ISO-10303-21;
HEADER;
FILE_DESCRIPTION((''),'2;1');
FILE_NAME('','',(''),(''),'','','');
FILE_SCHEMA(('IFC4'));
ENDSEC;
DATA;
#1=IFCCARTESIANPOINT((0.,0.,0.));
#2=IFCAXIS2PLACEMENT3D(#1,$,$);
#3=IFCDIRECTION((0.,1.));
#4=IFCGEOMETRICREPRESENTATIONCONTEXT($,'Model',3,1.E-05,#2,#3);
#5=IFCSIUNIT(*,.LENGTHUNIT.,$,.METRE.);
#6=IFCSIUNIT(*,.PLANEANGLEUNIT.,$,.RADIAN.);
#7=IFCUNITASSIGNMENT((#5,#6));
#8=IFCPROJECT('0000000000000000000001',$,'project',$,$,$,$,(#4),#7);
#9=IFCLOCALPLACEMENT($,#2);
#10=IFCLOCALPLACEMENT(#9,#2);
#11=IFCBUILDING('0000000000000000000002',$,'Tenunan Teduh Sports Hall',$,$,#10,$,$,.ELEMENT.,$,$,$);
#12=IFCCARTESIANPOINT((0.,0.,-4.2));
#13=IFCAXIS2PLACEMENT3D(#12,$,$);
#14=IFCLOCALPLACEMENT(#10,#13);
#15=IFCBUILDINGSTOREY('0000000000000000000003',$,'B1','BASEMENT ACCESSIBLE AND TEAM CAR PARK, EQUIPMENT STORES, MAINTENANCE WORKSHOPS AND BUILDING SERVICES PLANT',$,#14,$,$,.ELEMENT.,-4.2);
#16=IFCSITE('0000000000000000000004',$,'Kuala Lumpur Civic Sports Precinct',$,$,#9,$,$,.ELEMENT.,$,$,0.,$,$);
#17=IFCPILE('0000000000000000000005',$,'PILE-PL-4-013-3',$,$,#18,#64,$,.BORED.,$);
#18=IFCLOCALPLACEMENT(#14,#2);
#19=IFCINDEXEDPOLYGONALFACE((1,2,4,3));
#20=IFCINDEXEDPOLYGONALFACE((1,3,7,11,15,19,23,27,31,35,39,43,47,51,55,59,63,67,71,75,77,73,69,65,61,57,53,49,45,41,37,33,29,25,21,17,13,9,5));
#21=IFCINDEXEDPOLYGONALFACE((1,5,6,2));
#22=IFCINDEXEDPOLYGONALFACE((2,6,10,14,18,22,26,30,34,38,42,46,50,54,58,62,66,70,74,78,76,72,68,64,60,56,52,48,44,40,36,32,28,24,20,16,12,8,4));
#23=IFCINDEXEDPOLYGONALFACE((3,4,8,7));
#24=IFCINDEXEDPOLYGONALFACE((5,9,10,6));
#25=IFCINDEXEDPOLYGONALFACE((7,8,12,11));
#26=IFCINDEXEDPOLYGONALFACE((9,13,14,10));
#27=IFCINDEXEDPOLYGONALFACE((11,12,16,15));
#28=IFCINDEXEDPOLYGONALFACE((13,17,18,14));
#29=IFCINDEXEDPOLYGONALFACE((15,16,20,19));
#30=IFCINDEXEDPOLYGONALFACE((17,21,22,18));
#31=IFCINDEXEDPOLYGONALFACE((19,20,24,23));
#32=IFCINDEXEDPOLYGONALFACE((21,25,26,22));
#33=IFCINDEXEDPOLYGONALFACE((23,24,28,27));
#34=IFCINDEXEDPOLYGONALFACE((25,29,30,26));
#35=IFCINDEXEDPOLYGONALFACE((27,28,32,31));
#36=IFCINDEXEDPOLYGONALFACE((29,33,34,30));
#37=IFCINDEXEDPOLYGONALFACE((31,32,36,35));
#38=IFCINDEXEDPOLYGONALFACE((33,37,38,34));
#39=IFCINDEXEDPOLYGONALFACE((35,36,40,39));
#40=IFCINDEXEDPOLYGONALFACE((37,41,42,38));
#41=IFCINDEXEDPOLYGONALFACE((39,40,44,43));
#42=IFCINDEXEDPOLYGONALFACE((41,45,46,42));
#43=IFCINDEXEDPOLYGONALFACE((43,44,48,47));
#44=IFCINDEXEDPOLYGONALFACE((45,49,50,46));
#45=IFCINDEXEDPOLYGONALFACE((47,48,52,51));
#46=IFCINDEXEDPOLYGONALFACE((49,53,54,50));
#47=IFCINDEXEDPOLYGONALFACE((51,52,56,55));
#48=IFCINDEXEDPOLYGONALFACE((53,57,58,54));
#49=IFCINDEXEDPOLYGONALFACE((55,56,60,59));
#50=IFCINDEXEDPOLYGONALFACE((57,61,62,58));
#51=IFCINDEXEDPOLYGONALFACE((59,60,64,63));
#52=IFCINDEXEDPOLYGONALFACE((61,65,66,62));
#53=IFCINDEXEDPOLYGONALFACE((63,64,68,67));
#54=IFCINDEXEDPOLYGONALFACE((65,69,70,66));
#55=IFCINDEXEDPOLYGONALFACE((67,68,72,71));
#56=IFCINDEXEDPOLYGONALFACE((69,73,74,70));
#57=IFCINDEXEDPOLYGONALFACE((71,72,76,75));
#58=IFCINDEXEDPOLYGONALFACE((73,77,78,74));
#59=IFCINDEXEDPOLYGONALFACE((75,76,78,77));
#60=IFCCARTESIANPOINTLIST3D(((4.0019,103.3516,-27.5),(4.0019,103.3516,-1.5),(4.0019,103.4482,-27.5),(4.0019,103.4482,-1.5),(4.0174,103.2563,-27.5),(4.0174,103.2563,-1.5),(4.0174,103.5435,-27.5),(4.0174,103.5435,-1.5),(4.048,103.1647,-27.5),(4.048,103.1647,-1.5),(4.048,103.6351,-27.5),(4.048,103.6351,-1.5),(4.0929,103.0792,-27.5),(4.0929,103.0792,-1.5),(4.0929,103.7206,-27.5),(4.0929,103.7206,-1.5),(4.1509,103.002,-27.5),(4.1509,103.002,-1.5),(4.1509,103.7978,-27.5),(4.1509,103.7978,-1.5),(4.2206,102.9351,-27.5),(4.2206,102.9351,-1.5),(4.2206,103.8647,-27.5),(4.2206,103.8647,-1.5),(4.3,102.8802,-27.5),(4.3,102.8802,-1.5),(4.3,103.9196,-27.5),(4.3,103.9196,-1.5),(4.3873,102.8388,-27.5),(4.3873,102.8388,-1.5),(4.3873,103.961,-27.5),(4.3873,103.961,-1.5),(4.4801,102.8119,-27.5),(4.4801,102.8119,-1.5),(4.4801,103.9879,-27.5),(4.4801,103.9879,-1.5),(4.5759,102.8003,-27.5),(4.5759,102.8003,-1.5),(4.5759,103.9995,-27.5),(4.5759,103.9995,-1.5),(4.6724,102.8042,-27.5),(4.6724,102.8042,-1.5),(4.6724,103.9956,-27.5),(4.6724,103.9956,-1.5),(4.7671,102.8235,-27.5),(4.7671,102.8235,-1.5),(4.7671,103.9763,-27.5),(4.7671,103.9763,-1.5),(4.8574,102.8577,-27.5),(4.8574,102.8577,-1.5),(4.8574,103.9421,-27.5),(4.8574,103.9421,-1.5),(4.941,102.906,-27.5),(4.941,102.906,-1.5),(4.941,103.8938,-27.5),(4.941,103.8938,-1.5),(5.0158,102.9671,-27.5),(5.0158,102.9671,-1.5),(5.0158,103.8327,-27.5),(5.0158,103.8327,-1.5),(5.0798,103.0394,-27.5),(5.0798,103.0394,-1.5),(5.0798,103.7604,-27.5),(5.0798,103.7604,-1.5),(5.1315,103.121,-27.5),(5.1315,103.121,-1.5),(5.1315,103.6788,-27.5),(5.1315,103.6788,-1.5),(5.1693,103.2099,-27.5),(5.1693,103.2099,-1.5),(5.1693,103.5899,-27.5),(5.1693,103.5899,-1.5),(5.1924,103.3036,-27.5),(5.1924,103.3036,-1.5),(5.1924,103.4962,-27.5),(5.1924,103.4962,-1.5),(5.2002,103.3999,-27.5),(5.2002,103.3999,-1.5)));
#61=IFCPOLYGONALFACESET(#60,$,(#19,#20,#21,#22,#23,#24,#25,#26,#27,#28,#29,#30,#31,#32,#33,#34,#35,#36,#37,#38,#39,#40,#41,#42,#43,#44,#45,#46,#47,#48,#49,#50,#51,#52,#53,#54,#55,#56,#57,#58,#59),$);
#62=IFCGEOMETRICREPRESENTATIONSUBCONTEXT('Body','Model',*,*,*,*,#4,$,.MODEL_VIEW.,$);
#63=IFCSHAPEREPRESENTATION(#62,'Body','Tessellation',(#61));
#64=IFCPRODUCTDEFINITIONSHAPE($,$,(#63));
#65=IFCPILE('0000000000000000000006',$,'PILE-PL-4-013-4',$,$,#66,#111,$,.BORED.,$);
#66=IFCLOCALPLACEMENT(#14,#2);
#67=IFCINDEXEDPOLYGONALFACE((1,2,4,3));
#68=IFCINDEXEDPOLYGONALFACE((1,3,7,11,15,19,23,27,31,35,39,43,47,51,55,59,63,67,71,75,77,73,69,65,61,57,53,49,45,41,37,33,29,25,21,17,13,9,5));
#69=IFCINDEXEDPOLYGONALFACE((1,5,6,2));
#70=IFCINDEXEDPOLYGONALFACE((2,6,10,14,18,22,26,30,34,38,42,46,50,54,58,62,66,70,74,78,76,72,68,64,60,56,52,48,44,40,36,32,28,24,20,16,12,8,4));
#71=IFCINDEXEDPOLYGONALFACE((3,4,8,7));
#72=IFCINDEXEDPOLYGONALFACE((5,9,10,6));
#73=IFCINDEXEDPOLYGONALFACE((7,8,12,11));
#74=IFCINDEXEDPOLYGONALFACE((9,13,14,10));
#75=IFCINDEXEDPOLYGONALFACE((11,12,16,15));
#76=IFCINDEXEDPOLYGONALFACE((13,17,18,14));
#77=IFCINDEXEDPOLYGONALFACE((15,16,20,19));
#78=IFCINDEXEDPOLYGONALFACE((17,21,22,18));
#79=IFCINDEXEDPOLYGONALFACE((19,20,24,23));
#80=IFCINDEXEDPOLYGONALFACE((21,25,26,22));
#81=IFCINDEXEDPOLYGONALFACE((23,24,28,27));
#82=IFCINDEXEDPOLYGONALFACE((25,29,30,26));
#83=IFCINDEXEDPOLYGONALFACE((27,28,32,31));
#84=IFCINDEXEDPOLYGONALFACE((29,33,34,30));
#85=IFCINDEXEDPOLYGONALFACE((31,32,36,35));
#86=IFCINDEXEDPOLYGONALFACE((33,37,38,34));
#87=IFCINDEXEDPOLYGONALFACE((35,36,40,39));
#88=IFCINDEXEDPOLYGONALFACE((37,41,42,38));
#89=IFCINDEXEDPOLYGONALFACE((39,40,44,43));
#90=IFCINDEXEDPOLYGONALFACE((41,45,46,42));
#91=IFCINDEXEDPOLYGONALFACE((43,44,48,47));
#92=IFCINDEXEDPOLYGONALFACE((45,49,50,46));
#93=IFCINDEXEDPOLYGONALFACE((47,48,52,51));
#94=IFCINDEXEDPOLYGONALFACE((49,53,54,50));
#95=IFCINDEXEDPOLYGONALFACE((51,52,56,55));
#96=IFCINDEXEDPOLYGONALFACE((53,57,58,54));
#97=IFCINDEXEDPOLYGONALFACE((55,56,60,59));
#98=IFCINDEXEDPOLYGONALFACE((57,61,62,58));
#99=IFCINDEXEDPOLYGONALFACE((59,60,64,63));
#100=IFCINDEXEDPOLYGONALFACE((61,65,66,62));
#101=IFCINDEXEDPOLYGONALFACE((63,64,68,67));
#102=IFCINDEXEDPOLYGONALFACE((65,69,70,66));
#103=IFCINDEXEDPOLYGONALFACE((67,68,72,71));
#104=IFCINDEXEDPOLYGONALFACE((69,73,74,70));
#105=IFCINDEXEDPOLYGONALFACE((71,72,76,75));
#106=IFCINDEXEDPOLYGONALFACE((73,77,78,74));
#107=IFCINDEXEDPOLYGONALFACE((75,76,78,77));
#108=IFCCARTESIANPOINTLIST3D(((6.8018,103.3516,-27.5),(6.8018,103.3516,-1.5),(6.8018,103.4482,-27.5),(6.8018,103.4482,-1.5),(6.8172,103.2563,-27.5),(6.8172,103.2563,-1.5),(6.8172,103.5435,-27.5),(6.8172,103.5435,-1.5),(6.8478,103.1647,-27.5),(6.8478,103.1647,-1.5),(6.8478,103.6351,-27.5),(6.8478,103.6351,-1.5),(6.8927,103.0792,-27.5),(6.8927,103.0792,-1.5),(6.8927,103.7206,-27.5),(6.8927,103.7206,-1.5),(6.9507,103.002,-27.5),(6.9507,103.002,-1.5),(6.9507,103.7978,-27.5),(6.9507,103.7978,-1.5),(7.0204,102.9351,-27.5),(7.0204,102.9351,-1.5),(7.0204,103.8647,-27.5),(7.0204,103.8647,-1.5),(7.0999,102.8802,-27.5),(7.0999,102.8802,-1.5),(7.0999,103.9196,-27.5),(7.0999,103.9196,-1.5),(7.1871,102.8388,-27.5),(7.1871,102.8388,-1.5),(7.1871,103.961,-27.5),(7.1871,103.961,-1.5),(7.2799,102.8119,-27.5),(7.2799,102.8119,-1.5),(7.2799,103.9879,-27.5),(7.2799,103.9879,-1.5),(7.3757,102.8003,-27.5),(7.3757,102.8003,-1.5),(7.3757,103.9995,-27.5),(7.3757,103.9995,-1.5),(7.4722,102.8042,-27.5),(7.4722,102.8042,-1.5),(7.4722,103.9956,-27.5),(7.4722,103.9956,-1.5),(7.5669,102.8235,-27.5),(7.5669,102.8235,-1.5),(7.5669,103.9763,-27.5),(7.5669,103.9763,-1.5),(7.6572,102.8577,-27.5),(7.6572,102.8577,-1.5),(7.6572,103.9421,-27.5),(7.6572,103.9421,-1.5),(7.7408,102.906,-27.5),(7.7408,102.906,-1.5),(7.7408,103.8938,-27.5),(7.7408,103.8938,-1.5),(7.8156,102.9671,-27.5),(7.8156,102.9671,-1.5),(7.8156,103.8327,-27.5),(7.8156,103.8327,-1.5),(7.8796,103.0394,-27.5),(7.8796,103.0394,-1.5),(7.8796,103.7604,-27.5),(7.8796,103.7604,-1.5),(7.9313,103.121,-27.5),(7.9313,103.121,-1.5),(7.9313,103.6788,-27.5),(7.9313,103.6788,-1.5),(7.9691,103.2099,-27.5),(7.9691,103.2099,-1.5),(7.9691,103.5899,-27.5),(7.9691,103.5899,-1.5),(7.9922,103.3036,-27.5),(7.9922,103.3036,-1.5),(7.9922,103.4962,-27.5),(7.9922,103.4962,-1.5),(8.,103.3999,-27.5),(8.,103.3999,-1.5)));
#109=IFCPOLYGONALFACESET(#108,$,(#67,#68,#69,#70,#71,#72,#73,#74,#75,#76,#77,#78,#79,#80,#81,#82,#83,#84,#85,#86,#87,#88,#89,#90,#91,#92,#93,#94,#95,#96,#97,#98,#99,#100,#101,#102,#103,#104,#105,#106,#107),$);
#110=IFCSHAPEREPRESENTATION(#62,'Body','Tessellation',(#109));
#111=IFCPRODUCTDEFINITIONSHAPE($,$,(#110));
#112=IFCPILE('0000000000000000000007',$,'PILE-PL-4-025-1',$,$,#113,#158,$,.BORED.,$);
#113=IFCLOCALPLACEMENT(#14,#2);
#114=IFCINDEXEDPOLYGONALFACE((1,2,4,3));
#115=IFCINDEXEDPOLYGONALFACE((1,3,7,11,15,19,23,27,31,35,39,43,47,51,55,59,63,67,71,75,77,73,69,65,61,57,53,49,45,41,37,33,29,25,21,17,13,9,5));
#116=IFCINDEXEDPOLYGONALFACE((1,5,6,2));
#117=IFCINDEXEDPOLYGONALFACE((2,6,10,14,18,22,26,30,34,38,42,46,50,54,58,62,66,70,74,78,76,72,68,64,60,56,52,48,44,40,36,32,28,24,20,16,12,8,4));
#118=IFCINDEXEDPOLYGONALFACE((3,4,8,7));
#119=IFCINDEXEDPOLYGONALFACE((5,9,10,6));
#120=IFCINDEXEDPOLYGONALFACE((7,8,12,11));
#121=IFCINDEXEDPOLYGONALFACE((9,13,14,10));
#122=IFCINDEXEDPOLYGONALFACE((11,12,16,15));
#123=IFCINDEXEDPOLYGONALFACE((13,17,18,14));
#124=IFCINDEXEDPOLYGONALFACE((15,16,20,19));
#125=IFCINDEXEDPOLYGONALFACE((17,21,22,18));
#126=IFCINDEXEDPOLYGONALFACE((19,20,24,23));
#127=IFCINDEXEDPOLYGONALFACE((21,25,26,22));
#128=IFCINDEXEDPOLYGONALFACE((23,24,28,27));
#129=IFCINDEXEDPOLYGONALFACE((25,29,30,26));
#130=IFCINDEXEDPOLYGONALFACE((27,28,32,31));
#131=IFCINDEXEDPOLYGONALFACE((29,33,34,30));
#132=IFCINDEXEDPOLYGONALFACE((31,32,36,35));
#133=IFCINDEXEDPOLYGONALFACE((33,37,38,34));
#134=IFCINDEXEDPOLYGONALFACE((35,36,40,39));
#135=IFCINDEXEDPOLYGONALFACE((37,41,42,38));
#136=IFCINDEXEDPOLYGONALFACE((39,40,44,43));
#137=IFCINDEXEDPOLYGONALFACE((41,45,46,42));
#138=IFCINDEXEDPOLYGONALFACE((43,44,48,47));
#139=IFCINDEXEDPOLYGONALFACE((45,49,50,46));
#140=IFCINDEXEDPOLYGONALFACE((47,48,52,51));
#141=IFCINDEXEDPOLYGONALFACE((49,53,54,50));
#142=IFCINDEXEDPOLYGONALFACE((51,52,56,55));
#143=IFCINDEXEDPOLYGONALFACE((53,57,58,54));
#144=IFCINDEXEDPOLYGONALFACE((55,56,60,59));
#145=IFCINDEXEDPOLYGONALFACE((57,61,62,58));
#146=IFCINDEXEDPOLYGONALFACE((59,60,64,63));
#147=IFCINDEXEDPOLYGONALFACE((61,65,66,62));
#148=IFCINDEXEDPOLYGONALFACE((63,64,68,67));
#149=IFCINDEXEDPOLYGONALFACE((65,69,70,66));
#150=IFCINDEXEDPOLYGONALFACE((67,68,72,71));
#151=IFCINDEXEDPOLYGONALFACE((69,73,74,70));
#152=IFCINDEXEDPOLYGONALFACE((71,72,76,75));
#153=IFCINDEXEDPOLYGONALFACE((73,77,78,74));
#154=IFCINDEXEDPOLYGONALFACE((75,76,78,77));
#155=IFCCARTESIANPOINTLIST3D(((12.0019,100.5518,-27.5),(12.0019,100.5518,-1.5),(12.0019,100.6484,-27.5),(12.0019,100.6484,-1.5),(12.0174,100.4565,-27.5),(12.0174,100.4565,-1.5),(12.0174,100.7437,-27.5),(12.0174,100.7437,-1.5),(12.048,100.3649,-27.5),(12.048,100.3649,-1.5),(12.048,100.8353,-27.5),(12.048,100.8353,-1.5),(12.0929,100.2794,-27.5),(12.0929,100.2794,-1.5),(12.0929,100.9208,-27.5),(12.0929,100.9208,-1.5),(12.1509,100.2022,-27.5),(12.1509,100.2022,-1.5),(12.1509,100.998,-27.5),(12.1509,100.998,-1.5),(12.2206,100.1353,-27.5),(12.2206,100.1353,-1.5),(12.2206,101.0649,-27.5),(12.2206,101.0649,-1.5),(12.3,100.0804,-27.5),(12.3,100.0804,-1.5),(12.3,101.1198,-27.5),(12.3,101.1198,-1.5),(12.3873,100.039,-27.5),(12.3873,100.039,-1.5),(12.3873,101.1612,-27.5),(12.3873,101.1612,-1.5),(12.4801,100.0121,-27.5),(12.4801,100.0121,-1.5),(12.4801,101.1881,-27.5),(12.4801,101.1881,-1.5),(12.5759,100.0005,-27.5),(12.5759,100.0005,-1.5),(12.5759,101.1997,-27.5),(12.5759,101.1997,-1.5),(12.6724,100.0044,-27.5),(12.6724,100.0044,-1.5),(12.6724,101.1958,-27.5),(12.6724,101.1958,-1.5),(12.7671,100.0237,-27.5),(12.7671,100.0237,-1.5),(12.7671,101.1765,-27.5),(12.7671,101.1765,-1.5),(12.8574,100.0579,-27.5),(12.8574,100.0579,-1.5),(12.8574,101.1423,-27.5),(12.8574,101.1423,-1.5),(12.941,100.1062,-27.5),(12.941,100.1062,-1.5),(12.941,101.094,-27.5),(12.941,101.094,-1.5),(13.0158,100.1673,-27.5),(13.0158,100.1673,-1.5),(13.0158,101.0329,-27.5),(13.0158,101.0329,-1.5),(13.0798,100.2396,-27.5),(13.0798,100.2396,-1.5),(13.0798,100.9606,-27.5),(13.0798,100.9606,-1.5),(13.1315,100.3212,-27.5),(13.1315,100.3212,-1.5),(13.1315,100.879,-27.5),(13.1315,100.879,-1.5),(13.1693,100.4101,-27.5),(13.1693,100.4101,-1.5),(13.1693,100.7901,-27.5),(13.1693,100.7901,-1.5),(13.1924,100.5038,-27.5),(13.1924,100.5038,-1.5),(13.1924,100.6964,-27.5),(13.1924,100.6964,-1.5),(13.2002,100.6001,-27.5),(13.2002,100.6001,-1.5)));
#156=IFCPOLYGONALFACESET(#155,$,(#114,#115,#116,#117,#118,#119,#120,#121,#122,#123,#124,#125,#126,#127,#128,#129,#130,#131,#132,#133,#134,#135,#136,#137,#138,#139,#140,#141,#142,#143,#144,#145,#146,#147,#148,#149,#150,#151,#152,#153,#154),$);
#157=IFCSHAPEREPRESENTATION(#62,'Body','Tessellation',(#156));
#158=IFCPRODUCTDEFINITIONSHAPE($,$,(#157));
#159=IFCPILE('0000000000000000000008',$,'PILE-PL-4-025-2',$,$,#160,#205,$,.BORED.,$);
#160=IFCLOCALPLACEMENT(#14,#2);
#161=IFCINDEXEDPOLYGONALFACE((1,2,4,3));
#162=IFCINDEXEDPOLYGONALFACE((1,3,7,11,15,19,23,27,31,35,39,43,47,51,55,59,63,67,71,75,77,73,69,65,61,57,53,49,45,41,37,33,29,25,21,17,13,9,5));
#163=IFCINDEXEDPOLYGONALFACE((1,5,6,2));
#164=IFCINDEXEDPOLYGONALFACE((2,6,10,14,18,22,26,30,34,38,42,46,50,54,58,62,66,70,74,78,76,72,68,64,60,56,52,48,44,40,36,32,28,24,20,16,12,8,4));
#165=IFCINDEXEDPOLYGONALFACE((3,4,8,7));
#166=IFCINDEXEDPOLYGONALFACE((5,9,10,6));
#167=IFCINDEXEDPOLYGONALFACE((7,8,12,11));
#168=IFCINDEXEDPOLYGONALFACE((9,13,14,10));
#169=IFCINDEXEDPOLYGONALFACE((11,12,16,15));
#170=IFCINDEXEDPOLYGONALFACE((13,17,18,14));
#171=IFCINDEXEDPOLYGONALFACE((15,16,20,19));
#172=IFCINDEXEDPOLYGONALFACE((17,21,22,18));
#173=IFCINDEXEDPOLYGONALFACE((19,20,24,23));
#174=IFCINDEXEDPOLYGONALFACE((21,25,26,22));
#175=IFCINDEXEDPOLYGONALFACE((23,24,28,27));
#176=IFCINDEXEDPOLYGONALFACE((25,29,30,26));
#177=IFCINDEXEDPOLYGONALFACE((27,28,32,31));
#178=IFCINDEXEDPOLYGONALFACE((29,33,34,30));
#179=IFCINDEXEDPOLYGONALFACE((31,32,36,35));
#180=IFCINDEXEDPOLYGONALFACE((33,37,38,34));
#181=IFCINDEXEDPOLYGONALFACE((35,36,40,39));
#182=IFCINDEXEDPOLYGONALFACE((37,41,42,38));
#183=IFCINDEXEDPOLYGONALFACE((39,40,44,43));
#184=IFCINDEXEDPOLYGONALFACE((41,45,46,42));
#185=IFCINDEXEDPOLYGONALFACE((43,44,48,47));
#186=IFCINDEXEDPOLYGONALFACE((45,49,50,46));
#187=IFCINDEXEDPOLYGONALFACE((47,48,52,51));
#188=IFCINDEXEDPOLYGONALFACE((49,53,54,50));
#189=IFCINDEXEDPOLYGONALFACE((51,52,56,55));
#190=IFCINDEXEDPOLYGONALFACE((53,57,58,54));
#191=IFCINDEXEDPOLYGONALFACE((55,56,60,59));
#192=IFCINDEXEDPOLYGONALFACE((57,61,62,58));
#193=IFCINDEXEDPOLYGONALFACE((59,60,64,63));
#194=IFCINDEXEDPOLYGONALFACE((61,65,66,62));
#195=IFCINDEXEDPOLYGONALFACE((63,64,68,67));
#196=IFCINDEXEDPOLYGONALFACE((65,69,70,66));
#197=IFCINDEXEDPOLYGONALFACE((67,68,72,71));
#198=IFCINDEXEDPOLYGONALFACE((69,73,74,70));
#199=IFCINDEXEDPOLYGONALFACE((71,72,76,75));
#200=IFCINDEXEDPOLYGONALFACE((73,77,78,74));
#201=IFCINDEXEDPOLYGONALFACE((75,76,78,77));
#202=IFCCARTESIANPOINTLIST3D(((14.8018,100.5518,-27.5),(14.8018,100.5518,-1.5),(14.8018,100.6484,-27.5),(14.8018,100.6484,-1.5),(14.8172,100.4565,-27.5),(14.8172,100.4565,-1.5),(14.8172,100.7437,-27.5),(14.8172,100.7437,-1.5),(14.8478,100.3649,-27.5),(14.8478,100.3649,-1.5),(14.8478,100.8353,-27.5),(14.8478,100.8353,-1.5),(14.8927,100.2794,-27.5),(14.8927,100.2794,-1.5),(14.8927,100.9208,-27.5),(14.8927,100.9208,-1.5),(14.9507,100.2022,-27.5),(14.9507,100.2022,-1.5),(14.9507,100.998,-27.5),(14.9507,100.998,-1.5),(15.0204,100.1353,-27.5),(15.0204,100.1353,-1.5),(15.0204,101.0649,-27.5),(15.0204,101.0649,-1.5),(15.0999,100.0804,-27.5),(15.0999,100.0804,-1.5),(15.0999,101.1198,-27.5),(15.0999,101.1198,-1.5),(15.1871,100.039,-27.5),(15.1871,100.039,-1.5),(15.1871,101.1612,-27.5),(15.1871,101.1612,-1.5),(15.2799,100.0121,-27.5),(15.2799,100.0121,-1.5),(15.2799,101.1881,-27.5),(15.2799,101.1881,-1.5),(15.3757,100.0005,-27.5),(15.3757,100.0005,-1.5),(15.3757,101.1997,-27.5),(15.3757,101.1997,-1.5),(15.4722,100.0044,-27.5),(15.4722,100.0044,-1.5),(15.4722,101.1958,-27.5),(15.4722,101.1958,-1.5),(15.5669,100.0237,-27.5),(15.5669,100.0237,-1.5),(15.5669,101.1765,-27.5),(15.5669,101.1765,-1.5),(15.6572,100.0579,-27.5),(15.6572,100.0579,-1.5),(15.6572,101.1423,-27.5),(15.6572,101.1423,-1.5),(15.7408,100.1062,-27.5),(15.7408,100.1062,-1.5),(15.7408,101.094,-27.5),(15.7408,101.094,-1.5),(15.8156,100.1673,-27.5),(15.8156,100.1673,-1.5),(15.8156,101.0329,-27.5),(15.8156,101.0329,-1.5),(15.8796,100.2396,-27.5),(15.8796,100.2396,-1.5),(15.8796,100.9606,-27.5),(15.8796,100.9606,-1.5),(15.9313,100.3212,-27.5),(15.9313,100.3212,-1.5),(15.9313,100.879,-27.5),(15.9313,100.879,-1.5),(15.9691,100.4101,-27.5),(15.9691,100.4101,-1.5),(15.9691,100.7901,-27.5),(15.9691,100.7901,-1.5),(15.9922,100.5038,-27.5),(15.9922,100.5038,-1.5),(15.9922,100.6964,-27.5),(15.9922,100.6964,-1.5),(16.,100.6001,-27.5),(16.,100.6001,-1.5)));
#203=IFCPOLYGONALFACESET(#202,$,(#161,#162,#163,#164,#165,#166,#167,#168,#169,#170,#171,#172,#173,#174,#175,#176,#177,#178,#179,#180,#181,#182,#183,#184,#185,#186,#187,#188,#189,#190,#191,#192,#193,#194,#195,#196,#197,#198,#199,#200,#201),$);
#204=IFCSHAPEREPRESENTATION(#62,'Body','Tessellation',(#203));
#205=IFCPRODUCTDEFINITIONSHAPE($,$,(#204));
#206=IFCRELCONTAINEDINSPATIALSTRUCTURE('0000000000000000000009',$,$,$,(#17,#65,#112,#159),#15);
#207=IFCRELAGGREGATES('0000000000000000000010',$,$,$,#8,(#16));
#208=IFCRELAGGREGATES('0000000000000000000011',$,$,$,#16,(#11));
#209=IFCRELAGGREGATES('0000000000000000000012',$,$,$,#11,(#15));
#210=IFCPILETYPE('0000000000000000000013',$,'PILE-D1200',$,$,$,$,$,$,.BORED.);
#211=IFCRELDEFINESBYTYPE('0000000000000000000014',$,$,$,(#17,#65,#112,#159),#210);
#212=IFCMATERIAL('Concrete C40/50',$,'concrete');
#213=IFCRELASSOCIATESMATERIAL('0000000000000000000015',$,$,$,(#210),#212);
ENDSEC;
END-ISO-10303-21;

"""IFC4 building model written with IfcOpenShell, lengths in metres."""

from ifc_helpers import new_model, si_unit, direction, frame, origin, origin_2d, place, context, subcontext, project, spatial, circle, extrude, material, material_profile, profile_set, type_object, element, save


model = new_model("IFC4")

# Units and contexts
model_context = context("Model", 3, precision=1e-05, world=origin(), true_north=direction((0.0, 1.0)))
body_context = subcontext(model_context, "Body", "Model", "MODEL_VIEW")
ifc_project = project(units=[si_unit("LENGTHUNIT", "METRE"), si_unit("PLANEANGLEUNIT", "RADIAN")], contexts=[model_context])

# Site, building, storey
site_placement = place(None, origin())
site = spatial("IfcSite", under=ifc_project, at=site_placement, Name="Kuala Lumpur Civic Sports Precinct", CompositionType="ELEMENT", RefElevation=0.0)
building_placement = place(site_placement, origin())
building = spatial("IfcBuilding", under=site, at=building_placement, Name="Tenunan Teduh Sports Hall", CompositionType="ELEMENT")
storey_placement = place(building_placement, frame((0.0, 0.0, -4.2)))
storey = spatial("IfcBuildingStorey", under=building, at=storey_placement, Name="B1", Description="BASEMENT ACCESSIBLE AND TEAM CAR PARK, EQUIPMENT STORES, MAINTENANCE WORKSHOPS AND BUILDING SERVICES PLANT", CompositionType="ELEMENT", Elevation=-4.2)

# Piles
ifc_material_1 = material(Name="Concrete C40/50", Category="concrete")
ifc_material_profile_1 = material_profile(ifc_material_1, circle(Radius=0.6001, at=origin_2d()), Name="PILE D1200")
ifc_profile_set_1 = profile_set([ifc_material_profile_1], Name="Concrete C40/50")
pile_type = type_object("IfcPileType", Name="PILE-D1200", PredefinedType="BORED", material=ifc_profile_set_1)
for number, where, z_axis, x_axis, name in (
    (1, (4.6001, 103.3999, -1.5), (0.0, 0.0, -1.0), (1.0, 0.0, 0.0), "PILE-PL-4-013-3"),
    (2, (7.3999, 103.3999, -1.5), (0.0, 0.0, -1.0), (1.0, 0.0, 0.0), "PILE-PL-4-013-4"),
    (3, (12.6001, 100.6001, -1.5), (0.0, 0.0, -1.0), (1.0, 0.0, 0.0), "PILE-PL-4-025-1"),
    (4, (15.3999, 100.6001, -1.5), (0.0, 0.0, -1.0), (1.0, 0.0, 0.0), "PILE-PL-4-025-2"),
):
    element("IfcPile", number, at=place(storey_placement, frame(where, z_axis=z_axis, x_axis=x_axis)), inside=storey, type_object=pile_type, Name=name, PredefinedType="BORED", context=body_context, shape_type="SweptSolid", body=[
        extrude(circle(Radius=0.6001, at=origin_2d()), origin(), (0.0, 0.0, 1.0), 26.0),
    ])

save(model, "model.ifc")
